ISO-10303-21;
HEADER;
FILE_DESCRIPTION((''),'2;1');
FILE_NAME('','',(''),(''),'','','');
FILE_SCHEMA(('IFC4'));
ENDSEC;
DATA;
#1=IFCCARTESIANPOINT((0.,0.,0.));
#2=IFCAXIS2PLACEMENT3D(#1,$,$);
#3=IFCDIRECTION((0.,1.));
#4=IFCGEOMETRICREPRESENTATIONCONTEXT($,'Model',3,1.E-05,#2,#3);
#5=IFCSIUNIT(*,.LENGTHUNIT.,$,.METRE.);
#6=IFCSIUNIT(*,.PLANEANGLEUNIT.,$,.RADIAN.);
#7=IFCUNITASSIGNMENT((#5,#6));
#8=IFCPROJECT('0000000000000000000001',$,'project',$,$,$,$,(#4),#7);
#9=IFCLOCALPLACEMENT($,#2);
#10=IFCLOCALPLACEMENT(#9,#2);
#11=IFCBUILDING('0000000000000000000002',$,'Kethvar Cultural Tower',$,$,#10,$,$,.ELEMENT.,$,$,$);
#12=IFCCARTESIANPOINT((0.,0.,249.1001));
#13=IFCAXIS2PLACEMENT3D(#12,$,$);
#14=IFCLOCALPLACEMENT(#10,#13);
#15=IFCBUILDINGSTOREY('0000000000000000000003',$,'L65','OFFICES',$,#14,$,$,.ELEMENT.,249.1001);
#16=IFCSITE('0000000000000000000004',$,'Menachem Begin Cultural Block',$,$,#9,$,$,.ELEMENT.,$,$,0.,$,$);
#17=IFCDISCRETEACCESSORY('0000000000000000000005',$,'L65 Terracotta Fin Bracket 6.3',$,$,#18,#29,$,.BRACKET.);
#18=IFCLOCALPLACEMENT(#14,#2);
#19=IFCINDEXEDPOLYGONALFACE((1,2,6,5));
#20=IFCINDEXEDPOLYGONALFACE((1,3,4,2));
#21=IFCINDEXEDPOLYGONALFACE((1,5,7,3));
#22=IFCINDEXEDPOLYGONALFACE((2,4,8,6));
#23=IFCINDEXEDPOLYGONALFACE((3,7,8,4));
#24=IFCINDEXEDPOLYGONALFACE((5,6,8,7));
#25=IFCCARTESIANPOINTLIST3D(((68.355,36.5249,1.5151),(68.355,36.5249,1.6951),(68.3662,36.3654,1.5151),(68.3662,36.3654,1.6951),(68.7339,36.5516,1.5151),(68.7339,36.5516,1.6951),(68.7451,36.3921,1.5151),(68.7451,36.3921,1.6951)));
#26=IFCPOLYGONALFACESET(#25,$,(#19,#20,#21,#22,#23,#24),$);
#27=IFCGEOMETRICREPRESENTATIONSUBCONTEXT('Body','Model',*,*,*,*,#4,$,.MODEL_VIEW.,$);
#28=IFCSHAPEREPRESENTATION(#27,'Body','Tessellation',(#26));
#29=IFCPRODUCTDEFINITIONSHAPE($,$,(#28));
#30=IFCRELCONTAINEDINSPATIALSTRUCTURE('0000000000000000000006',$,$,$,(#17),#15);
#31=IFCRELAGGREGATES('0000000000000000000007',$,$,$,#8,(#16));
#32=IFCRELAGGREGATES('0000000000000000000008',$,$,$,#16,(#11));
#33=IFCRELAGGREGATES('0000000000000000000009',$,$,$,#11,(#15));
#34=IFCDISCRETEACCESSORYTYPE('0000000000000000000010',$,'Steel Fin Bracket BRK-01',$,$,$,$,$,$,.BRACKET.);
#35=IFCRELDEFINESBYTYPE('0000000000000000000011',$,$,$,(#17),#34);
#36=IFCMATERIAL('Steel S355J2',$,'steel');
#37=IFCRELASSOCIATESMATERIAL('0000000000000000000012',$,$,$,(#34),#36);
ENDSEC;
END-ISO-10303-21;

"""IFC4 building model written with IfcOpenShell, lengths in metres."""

from ifc_helpers import new_model, si_unit, direction, frame, origin, origin_2d, place, context, subcontext, project, spatial, rectangle, extrude, source, transform, mapped, material, type_object, element, save


model = new_model("IFC4")

# Units and contexts
model_context = context("Model", 3, precision=1e-05, world=origin(), true_north=direction((0.0, 1.0)))
body_context = subcontext(model_context, "Body", "Model", "MODEL_VIEW")
ifc_project = project(units=[si_unit("LENGTHUNIT", "METRE"), si_unit("PLANEANGLEUNIT", "RADIAN")], contexts=[model_context])

# Site, building, storey
site_placement = place(None, origin())
site = spatial("IfcSite", under=ifc_project, at=site_placement, Name="Menachem Begin Cultural Block", CompositionType="ELEMENT", RefElevation=0.0)
building_placement = place(site_placement, origin())
building = spatial("IfcBuilding", under=site, at=building_placement, Name="Kethvar Cultural Tower", CompositionType="ELEMENT")
storey_placement = place(building_placement, frame((0.0, 0.0, 249.1001)))
storey = spatial("IfcBuildingStorey", under=building, at=storey_placement, Name="L65", Description="OFFICES", CompositionType="ELEMENT", Elevation=249.1001)

# Shared definitions
ifc_material_1 = material(Name="Steel S355J2", Category="steel")

# Discrete accessory
discrete_accessory_type = type_object("IfcDiscreteAccessoryType", Name="Steel Fin Bracket BRK-01", PredefinedType="BRACKET", material=ifc_material_1)
shared_shape_1 = source(origin(), body_context, "Body", "SweptSolid", [
    extrude(rectangle(XDim=0.3799, YDim=0.1599, at=origin_2d()), origin(), (0.0, 0.0, 1.0), 0.1799),
])
for number, where, z_axis, x_axis, name in (
    (1, (68.55, 36.4585, 1.5151), (0.0, 0.0, 1.0), (0.99754, 0.070105, 0.0), "L65 Terracotta Fin Bracket 6.3"),
):
    element("IfcDiscreteAccessory", number, at=place(storey_placement, frame(where, z_axis=z_axis, x_axis=x_axis)), inside=storey, type_object=discrete_accessory_type, Name=name, PredefinedType="BRACKET", context=body_context, shape_type="MappedRepresentation", body=[
        mapped(shared_shape_1, transform((0.0, 0.0, 0.0), scale=1.0)),
    ])

save(model, "model.ifc")
